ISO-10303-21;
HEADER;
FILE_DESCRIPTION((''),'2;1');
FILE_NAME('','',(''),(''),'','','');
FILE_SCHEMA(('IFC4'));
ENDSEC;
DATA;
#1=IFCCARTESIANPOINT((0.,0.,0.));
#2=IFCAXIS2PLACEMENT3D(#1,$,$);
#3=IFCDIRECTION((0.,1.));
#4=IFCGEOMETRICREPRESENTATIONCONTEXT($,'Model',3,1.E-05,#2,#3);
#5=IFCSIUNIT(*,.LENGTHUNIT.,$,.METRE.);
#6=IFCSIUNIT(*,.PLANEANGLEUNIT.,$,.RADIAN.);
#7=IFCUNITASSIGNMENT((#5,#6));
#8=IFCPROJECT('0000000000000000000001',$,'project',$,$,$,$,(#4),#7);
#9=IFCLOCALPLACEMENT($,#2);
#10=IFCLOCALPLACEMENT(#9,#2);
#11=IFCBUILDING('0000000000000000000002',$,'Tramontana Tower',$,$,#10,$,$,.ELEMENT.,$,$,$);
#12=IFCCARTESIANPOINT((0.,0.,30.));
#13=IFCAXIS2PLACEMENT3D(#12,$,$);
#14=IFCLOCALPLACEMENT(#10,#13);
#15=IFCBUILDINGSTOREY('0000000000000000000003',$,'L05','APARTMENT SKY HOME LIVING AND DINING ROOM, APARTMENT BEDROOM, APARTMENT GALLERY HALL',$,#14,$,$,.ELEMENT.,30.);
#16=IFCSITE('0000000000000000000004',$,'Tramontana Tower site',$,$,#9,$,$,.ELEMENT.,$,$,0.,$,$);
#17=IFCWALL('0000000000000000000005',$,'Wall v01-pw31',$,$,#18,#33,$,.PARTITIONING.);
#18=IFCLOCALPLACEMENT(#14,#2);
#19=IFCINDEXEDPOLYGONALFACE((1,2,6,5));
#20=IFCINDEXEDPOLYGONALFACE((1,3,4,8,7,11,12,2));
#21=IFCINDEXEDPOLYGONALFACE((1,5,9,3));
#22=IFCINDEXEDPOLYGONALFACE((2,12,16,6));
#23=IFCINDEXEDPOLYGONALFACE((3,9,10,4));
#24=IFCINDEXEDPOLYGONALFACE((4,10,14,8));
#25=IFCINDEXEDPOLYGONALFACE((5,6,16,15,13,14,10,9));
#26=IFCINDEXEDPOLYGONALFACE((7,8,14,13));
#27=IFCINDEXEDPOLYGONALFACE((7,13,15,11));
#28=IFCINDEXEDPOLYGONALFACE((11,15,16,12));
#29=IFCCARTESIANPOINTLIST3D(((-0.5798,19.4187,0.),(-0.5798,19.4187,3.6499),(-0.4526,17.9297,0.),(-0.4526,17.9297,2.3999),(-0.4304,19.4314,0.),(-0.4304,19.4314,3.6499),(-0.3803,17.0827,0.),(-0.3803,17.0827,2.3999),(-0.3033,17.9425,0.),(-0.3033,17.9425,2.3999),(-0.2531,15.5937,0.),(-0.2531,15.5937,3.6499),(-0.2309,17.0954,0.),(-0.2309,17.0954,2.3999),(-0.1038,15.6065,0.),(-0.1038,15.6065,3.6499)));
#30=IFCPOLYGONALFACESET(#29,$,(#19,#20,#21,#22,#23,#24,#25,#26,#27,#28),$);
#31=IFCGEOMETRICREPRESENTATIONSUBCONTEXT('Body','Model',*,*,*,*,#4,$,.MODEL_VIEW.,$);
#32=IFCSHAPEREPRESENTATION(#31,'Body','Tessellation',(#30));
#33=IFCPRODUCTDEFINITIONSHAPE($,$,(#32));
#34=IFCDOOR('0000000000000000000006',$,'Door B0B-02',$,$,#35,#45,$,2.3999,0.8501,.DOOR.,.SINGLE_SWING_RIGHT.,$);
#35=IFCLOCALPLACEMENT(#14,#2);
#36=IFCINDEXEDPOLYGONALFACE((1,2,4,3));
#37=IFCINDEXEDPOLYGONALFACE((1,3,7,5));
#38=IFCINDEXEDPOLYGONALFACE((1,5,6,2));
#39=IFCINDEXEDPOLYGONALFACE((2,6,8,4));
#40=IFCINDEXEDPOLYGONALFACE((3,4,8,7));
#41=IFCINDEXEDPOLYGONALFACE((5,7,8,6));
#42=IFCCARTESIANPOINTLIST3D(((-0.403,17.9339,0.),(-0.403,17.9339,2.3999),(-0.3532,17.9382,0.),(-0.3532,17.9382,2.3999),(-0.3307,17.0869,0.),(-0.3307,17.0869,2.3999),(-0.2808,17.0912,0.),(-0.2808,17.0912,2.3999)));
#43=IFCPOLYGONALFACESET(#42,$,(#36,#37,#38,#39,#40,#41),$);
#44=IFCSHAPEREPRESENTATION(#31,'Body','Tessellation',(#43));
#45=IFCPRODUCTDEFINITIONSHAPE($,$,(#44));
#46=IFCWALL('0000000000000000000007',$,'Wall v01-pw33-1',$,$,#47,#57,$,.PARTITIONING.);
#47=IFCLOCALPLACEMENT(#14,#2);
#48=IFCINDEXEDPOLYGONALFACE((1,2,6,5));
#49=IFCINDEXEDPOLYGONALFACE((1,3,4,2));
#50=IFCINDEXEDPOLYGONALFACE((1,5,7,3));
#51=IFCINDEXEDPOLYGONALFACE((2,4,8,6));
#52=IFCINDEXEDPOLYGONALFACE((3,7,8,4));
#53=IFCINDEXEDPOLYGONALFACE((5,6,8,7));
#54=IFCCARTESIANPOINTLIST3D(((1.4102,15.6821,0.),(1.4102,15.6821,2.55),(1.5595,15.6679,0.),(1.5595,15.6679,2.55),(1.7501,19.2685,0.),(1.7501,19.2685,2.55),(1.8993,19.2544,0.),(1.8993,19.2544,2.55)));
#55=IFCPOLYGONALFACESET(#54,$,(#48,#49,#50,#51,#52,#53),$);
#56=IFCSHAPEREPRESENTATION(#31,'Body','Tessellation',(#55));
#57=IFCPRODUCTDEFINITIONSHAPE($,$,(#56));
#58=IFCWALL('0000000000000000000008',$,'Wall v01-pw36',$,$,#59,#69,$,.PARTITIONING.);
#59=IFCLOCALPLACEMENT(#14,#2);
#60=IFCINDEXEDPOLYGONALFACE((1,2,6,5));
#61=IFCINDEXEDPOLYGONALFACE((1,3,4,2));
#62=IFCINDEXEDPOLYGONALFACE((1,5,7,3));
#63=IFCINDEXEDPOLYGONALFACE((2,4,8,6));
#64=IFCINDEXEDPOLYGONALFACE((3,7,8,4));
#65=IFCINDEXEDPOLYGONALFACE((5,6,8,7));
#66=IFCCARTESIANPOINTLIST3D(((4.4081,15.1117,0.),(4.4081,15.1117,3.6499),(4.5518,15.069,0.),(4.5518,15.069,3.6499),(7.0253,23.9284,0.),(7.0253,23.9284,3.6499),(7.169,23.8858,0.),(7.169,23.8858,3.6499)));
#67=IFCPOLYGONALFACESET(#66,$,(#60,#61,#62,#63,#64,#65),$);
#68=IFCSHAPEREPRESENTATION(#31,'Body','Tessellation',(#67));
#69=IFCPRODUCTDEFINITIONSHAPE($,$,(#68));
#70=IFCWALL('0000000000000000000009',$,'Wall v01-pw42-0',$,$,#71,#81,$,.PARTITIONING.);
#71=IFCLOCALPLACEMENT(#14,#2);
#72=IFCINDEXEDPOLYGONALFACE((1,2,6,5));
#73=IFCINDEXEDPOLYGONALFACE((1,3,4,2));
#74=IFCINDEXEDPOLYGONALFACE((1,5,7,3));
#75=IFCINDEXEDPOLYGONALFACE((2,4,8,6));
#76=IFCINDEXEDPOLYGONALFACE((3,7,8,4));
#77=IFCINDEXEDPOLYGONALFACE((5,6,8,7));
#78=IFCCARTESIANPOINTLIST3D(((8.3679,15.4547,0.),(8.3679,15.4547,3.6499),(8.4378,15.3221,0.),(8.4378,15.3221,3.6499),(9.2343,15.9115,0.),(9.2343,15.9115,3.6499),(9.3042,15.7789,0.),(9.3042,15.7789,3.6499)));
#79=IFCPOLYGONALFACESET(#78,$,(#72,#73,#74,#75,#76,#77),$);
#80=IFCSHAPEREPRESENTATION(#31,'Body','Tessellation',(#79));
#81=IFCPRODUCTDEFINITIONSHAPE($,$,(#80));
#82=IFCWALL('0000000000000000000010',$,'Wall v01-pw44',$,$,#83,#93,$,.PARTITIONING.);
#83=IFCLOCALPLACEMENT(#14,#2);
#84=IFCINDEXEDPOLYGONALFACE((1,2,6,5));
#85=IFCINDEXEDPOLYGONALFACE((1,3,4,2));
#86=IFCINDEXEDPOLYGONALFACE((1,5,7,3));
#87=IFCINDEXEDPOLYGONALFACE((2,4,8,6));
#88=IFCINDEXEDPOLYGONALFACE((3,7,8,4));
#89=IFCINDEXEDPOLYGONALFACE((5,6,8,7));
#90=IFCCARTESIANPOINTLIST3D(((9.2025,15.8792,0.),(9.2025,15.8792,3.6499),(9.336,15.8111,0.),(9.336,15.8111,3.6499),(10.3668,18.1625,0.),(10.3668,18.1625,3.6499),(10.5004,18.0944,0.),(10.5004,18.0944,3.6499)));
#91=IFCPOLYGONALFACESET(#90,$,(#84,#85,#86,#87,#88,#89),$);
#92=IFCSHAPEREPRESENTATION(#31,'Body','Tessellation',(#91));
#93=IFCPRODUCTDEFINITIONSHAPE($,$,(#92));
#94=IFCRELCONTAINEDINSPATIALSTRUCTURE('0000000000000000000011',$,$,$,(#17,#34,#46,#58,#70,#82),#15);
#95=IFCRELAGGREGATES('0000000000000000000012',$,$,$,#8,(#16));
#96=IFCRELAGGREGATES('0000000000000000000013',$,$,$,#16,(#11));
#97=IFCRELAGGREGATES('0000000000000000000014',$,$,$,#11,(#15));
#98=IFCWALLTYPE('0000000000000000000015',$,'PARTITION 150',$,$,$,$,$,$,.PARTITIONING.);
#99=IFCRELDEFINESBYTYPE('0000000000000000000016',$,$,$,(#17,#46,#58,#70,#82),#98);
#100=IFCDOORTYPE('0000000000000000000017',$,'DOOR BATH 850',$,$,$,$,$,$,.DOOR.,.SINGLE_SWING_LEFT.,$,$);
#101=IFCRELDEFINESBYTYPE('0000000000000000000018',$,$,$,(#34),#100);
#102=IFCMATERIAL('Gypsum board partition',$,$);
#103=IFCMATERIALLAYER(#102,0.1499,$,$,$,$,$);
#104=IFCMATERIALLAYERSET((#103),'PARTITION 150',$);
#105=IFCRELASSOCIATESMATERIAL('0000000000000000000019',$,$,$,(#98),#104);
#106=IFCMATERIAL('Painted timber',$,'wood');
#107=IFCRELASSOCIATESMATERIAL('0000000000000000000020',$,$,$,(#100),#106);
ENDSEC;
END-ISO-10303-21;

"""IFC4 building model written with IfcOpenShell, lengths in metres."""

from ifc_helpers import new_model, si_unit, direction, frame, frame_2d, origin, place, context, subcontext, project, spatial, rectangle, extrude, material, layer, layer_set, type_object, element, fill, save


model = new_model("IFC4")

# Units and contexts
model_context = context("Model", 3, precision=1e-05, world=origin(), true_north=direction((0.0, 1.0)))
body_context = subcontext(model_context, "Body", "Model", "MODEL_VIEW")
ifc_project = project(units=[si_unit("LENGTHUNIT", "METRE"), si_unit("PLANEANGLEUNIT", "RADIAN")], contexts=[model_context])

# Site, building, storey
site_placement = place(None, origin())
site = spatial("IfcSite", under=ifc_project, at=site_placement, Name="Tramontana Tower site", CompositionType="ELEMENT", RefElevation=0.0)
building_placement = place(site_placement, origin())
building = spatial("IfcBuilding", under=site, at=building_placement, Name="Tramontana Tower", CompositionType="ELEMENT")
storey_placement = place(building_placement, frame((0.0, 0.0, 30.0)))
storey = spatial("IfcBuildingStorey", under=building, at=storey_placement, Name="L05", Description="APARTMENT SKY HOME LIVING AND DINING ROOM, APARTMENT BEDROOM, APARTMENT GALLERY HALL", CompositionType="ELEMENT", Elevation=30.0)

# Shared definitions
ifc_material_1 = material(Name="Gypsum board partition")
ifc_layer_1 = layer(ifc_material_1, 0.1499)
ifc_layer_set_1 = layer_set([ifc_layer_1], Name="PARTITION 150")
wall_type_1 = type_object("IfcWallType", Name="PARTITION 150", PredefinedType="PARTITIONING", material=ifc_layer_set_1)

# Wall, opening, door
wall_1_placement = place(storey_placement, frame((-0.5051, 19.425, 0.0), z_axis=(0.0, 0.0, 1.0), x_axis=(0.085093, -0.996373, 0.0)))
wall_1 = element("IfcWall", 1, at=wall_1_placement, inside=storey, type_object=wall_type_1, Name="Wall v01-pw31", PredefinedType="PARTITIONING", context=body_context, shape_type="SweptSolid", body=[
    extrude(rectangle(XDim=3.8389, YDim=0.1499, at=frame_2d((1.9194, 0.0))), origin(), (0.0, 0.0, 1.0), 3.6499),
])
opening_1_placement = place(wall_1_placement, frame((1.4944, 0.0, 0.0)))
opening_1 = element("IfcOpeningElement", 2, at=opening_1_placement, cuts=wall_1, PredefinedType="OPENING", context=body_context, shape_type="SweptSolid", body=[
    extrude(rectangle(XDim=0.8501, YDim=2.3999, at=frame_2d((0.425, 1.2))), frame((0.0, 0.085, 0.0), z_axis=(0.0, -1.0, 0.0), x_axis=(1.0, 0.0, 0.0)), (0.0, 0.0, 1.0), 0.1699),
])
ifc_material_2 = material(Name="Painted timber", Category="wood")
door_type = type_object("IfcDoorType", Name="DOOR BATH 850", OperationType="SINGLE_SWING_LEFT", PredefinedType="DOOR", material=ifc_material_2)
door_placement = place(opening_1_placement, origin())
door = element("IfcDoor", 3, at=door_placement, inside=storey, type_object=door_type, Name="Door B0B-02", OperationType="SINGLE_SWING_RIGHT", OverallHeight=2.3999, OverallWidth=0.8501, PredefinedType="DOOR", context=body_context, shape_type="SweptSolid", body=[
    extrude(rectangle(XDim=0.8501, YDim=2.3999, at=frame_2d((0.425, 1.2))), frame((0.0, 0.0249, 0.0), z_axis=(0.0, -1.0, 0.0), x_axis=(1.0, 0.0, 0.0)), (0.0, 0.0, 1.0), 0.05),
])
fill(opening_1, door)

# Walls
wall_2_placement = place(storey_placement, frame((1.8247, 19.2615, 0.0), z_axis=(0.0, 0.0, 1.0), x_axis=(-0.094336, -0.99554, 0.0)))
element("IfcWall", 4, at=wall_2_placement, inside=storey, type_object=wall_type_1, Name="Wall v01-pw33-1", PredefinedType="PARTITIONING", context=body_context, shape_type="SweptSolid", body=[
    extrude(rectangle(XDim=3.6025, YDim=0.1499, at=frame_2d((1.8013, 0.0))), origin(), (0.0, 0.0, 1.0), 2.55),
])
wall_3_placement = place(storey_placement, frame((7.0972, 23.9072, 0.0), z_axis=(0.0, 0.0, 1.0), x_axis=(-0.284573, -0.958654, 0.0)))
element("IfcWall", 5, at=wall_3_placement, inside=storey, type_object=wall_type_1, Name="Wall v01-pw36", PredefinedType="PARTITIONING", context=body_context, shape_type="SweptSolid", body=[
    extrude(rectangle(XDim=9.197, YDim=0.1499, at=frame_2d((4.5986, 0.0))), origin(), (0.0, 0.0, 1.0), 3.6499),
])
wall_4_placement = place(storey_placement, frame((9.2693, 15.8452, 0.0), z_axis=(0.0, 0.0, 1.0), x_axis=(-0.884599, -0.466352, 0.0)))
element("IfcWall", 6, at=wall_4_placement, inside=storey, type_object=wall_type_1, Name="Wall v01-pw42-0", PredefinedType="PARTITIONING", context=body_context, shape_type="SweptSolid", body=[
    extrude(rectangle(XDim=0.9795, YDim=0.1499, at=frame_2d((0.4897, 0.0))), origin(), (0.0, 0.0, 1.0), 3.6499),
])
wall_5_placement = place(storey_placement, frame((10.4336, 18.1284, 0.0), z_axis=(0.0, 0.0, 1.0), x_axis=(-0.454287, -0.890856, 0.0)))
element("IfcWall", 7, at=wall_5_placement, inside=storey, type_object=wall_type_1, Name="Wall v01-pw44", PredefinedType="PARTITIONING", context=body_context, shape_type="SweptSolid", body=[
    extrude(rectangle(XDim=2.563, YDim=0.1499, at=frame_2d((1.2815, 0.0))), origin(), (0.0, 0.0, 1.0), 3.6499),
])

save(model, "model.ifc")
